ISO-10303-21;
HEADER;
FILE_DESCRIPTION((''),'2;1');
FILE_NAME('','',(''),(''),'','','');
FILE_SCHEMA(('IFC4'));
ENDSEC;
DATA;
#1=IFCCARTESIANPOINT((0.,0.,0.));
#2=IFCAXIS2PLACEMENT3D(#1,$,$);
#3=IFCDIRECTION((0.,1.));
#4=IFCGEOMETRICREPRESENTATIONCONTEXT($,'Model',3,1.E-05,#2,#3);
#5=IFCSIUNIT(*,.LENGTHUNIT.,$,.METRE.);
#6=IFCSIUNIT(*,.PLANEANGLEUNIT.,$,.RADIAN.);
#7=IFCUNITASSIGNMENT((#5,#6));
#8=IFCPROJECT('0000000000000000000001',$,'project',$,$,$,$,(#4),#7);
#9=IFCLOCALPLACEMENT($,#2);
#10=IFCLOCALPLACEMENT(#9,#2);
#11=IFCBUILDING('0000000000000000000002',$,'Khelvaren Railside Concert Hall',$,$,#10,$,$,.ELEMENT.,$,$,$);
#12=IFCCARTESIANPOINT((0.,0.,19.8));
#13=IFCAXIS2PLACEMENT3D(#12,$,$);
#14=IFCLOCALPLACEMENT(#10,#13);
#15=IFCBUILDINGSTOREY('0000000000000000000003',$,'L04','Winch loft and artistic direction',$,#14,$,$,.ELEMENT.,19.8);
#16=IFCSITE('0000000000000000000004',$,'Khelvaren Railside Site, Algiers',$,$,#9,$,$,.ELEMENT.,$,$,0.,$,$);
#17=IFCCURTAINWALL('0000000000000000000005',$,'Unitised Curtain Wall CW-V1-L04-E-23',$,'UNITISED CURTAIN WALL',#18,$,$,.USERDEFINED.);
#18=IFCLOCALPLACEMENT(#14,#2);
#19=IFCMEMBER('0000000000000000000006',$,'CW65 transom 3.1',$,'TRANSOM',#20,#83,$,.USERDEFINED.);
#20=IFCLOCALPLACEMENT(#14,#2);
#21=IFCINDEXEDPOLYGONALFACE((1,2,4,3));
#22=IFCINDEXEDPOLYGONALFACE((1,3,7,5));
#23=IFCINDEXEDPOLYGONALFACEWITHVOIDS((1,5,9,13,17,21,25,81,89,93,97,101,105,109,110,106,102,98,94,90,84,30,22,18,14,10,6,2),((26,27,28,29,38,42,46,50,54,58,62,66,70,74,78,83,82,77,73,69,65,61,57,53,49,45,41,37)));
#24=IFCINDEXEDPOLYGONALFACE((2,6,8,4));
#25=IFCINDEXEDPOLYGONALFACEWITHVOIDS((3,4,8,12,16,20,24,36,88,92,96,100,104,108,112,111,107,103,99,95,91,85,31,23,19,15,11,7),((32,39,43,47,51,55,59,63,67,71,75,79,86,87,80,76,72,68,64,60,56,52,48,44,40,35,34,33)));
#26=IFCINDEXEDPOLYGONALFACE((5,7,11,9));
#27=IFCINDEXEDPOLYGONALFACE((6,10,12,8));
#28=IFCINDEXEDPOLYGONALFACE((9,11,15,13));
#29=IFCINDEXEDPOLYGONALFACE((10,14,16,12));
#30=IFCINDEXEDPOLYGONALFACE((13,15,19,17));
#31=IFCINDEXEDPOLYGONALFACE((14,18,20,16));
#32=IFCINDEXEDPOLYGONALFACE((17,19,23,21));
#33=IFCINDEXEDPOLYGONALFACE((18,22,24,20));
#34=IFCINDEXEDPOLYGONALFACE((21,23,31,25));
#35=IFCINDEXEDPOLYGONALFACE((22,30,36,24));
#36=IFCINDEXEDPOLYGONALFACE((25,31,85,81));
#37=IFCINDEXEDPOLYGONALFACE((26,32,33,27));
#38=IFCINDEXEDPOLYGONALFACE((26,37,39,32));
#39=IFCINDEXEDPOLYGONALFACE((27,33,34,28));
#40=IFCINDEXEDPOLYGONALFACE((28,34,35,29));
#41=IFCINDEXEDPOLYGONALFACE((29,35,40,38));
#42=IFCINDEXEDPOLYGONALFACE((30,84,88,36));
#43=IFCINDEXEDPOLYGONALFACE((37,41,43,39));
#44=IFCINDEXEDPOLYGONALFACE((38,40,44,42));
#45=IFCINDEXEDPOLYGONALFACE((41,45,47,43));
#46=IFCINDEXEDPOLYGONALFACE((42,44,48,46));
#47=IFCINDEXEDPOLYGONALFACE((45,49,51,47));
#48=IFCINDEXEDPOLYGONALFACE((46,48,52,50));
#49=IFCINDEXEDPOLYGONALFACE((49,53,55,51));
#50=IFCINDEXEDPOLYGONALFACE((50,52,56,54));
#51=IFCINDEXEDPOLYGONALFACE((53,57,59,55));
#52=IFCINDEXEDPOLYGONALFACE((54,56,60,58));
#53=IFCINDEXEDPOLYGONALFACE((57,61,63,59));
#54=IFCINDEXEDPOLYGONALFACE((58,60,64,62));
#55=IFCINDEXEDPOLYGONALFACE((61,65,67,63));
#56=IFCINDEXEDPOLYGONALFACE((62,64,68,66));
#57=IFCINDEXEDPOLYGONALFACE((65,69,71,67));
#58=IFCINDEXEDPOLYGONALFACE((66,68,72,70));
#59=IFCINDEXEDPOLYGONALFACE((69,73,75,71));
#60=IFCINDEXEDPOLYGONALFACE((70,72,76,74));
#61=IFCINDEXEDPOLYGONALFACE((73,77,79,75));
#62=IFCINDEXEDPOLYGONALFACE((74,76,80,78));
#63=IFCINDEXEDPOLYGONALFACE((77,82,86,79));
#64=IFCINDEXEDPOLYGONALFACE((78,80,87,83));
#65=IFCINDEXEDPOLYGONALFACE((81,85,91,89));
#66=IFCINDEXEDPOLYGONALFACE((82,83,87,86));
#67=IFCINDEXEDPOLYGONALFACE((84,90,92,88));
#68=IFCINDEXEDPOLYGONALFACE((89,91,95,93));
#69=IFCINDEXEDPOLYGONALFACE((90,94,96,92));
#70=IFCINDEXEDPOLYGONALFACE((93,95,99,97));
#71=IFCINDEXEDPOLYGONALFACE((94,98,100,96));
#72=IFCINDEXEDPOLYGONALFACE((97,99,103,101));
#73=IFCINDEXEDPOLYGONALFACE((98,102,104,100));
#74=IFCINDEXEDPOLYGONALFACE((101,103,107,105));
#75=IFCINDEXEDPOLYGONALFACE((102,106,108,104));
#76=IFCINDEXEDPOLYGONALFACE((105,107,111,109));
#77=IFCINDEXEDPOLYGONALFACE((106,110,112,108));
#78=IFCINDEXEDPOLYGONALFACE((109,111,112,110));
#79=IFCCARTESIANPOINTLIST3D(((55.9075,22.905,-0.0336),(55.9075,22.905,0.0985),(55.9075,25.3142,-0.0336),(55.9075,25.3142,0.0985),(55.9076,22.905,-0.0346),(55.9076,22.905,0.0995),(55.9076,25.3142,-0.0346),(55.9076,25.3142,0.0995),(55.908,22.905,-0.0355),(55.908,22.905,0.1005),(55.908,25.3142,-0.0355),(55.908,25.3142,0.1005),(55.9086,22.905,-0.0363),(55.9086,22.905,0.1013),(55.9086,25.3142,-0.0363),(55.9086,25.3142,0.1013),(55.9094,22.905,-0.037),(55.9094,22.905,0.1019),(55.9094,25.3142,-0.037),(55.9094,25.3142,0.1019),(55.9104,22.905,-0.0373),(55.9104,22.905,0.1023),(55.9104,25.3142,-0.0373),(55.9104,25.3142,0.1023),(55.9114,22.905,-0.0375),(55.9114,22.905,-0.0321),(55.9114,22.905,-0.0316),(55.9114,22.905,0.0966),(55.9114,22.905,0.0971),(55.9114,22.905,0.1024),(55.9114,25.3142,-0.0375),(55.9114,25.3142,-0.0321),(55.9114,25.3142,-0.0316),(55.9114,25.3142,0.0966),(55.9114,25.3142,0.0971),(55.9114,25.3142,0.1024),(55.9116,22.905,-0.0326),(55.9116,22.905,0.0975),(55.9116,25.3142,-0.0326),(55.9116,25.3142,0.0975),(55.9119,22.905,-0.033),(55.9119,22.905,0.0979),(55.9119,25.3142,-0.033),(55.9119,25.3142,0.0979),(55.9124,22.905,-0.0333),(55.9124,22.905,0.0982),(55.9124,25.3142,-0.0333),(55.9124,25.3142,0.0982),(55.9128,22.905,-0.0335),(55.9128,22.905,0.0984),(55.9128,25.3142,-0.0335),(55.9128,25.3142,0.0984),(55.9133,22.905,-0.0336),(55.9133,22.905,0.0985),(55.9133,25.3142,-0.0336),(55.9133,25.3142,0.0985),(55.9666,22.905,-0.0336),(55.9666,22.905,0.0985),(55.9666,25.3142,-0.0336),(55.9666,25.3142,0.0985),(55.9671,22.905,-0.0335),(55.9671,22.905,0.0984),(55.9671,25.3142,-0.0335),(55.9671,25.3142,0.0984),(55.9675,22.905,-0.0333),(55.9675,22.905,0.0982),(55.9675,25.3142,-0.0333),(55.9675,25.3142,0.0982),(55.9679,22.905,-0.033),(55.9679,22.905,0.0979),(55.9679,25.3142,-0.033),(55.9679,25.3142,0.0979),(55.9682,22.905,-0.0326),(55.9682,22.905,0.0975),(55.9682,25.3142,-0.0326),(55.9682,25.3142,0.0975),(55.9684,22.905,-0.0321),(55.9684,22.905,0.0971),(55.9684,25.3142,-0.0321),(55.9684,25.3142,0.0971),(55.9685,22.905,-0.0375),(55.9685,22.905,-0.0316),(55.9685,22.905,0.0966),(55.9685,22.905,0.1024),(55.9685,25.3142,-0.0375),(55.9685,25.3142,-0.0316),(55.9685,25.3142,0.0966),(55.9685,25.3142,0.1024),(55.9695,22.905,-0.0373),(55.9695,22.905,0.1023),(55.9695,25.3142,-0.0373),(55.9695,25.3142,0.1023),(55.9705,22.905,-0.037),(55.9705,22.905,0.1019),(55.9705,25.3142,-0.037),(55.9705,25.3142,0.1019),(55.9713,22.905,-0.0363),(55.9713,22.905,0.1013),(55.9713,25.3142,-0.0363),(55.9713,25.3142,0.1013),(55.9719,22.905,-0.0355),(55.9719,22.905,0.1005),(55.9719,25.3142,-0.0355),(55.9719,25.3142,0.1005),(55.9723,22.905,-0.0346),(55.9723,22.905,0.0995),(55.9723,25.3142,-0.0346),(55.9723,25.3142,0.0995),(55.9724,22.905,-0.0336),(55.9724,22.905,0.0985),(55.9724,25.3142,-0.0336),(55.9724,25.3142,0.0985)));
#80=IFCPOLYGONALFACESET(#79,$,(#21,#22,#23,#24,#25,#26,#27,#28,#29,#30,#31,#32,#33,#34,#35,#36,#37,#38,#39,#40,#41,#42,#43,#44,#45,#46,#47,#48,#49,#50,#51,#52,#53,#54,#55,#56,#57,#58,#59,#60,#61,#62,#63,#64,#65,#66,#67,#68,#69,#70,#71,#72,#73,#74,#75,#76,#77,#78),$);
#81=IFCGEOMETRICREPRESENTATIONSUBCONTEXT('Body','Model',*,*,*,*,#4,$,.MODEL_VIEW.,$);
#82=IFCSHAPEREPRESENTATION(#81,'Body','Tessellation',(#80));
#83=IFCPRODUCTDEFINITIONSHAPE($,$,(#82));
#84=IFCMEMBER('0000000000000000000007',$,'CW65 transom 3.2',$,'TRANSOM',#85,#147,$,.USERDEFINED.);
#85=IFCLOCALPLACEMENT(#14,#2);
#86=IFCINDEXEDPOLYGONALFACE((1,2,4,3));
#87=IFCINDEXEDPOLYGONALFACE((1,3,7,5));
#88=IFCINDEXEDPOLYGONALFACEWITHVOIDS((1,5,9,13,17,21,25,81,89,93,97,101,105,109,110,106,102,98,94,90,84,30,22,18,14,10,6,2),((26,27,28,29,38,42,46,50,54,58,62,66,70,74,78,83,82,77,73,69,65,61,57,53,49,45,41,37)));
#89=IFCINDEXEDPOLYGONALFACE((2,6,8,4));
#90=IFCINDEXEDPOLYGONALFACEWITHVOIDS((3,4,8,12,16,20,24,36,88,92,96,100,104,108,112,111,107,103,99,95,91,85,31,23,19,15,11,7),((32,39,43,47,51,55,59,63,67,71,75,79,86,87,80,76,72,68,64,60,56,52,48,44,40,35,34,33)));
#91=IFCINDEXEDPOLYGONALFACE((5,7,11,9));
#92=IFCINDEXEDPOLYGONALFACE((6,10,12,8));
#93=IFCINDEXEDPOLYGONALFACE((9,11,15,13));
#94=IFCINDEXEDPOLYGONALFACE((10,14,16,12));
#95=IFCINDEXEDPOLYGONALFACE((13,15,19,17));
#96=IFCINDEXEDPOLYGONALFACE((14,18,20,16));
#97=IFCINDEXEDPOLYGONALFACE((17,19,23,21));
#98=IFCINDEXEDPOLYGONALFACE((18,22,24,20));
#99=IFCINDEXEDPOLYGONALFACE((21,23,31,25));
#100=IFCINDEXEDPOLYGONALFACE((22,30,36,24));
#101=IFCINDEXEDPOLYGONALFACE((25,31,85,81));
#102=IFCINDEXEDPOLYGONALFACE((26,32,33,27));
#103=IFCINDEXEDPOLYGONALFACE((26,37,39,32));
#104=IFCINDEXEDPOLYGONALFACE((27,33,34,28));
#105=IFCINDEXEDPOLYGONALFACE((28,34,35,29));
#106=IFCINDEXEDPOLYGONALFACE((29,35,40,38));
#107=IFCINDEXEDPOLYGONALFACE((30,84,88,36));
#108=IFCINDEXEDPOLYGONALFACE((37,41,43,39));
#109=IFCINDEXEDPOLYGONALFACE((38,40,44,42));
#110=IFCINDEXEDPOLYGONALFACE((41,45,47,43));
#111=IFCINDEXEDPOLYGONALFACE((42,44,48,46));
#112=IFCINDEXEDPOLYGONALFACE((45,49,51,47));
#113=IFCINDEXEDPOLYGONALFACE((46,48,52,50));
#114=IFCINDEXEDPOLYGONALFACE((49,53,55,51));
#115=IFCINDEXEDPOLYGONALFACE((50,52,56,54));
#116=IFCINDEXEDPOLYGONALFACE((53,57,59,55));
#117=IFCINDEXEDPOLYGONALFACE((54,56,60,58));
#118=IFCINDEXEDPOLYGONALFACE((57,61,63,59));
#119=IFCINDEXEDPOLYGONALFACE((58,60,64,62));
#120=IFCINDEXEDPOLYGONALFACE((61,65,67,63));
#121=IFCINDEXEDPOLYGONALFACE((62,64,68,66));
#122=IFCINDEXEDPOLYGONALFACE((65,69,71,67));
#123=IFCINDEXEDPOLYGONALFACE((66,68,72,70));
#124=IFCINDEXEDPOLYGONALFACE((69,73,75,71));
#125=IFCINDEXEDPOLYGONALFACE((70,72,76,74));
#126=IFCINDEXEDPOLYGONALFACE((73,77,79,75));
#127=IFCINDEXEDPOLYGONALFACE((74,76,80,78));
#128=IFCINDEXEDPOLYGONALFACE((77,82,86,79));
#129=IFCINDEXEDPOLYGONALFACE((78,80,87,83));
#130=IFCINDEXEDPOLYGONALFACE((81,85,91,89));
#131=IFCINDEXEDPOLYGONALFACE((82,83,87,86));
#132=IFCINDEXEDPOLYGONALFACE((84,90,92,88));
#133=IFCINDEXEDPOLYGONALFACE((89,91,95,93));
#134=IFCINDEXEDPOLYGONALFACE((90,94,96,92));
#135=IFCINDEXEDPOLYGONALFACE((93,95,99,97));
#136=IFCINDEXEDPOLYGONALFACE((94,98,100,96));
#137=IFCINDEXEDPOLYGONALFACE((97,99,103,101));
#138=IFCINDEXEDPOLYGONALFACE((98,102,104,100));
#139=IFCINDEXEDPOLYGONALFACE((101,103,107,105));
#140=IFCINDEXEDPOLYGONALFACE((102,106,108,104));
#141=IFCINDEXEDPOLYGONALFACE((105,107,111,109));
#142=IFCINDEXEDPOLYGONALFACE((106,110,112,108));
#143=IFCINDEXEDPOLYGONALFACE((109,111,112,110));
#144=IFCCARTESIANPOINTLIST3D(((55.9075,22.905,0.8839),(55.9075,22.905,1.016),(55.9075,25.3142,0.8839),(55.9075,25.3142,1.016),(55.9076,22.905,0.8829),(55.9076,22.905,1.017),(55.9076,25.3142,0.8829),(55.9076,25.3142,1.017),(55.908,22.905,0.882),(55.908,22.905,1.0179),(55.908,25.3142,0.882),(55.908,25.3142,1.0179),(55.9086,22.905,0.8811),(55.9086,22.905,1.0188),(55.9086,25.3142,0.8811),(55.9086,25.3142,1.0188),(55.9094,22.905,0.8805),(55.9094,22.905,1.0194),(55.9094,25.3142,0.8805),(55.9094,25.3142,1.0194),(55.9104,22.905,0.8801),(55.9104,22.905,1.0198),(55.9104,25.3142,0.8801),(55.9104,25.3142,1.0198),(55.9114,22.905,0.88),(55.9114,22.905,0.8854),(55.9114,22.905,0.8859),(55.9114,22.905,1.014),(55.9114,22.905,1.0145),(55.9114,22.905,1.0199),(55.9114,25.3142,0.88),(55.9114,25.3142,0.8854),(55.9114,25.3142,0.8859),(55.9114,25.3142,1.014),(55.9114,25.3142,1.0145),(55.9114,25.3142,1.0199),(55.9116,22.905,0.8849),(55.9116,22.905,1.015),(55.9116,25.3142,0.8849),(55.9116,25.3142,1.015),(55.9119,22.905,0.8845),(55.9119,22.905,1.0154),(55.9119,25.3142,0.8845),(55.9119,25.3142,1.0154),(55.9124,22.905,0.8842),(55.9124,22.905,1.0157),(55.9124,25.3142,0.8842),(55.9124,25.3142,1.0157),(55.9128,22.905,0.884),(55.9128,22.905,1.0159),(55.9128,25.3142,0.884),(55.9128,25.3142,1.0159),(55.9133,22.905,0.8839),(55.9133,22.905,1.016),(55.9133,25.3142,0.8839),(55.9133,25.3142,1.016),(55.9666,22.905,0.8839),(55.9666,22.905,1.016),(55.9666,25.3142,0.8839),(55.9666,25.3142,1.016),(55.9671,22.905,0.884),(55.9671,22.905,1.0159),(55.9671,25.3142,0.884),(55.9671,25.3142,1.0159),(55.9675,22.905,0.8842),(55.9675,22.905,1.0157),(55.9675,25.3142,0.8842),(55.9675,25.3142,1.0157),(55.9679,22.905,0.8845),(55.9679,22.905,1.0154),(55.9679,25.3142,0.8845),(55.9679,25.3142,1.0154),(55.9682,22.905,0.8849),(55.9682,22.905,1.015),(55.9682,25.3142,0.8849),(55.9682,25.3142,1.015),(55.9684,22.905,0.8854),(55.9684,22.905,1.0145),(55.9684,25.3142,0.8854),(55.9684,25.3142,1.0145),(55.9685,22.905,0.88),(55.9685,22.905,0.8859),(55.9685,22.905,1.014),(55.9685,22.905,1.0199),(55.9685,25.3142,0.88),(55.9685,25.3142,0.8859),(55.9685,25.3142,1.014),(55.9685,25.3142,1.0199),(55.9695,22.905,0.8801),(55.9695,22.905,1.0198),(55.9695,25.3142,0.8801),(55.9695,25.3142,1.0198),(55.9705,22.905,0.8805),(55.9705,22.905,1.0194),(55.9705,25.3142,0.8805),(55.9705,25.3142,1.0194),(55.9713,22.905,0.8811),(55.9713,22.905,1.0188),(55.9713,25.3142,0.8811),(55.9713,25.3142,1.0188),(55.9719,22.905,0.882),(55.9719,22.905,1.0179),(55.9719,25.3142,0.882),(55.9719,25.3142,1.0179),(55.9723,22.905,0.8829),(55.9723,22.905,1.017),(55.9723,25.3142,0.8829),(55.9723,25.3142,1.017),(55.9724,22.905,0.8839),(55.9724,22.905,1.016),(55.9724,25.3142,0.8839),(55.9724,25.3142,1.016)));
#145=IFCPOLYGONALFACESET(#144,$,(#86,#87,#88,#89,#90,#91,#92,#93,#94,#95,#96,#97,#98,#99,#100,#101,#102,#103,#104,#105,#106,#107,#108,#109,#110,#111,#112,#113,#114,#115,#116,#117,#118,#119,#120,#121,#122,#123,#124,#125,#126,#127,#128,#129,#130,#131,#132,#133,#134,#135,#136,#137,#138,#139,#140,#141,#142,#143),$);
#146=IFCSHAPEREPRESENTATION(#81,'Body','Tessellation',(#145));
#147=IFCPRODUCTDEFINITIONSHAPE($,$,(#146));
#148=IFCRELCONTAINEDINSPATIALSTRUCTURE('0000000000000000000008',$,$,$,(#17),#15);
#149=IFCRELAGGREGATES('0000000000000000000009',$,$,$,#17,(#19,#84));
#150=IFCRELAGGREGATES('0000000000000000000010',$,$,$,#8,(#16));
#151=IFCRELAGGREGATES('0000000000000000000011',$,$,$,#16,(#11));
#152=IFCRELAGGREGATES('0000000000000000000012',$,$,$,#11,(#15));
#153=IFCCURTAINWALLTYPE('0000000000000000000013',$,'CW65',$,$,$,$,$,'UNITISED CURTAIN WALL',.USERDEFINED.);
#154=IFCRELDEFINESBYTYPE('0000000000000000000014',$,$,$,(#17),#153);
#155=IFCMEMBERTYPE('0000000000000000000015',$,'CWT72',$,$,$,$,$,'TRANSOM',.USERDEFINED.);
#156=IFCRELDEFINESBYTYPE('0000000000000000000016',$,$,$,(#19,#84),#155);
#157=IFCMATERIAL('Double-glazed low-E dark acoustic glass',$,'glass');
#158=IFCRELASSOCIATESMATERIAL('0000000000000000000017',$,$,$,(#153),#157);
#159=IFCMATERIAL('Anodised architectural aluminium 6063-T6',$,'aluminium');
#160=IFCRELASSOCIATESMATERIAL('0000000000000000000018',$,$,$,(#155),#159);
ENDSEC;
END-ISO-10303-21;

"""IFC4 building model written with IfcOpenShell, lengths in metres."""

from ifc_helpers import new_model, si_unit, direction, frame, origin, origin_2d, place, context, subcontext, project, spatial, hollow_rectangle, extrude, material, material_profile, profile_set, type_object, element, aggregate, save


model = new_model("IFC4")

# Units and contexts
model_context = context("Model", 3, precision=1e-05, world=origin(), true_north=direction((0.0, 1.0)))
body_context = subcontext(model_context, "Body", "Model", "MODEL_VIEW")
ifc_project = project(units=[si_unit("LENGTHUNIT", "METRE"), si_unit("PLANEANGLEUNIT", "RADIAN")], contexts=[model_context])

# Site, building, storey
site_placement = place(None, origin())
site = spatial("IfcSite", under=ifc_project, at=site_placement, Name="Khelvaren Railside Site, Algiers", CompositionType="ELEMENT", RefElevation=0.0)
building_placement = place(site_placement, origin())
building = spatial("IfcBuilding", under=site, at=building_placement, Name="Khelvaren Railside Concert Hall", CompositionType="ELEMENT")
storey_placement = place(building_placement, frame((0.0, 0.0, 19.8)))
storey = spatial("IfcBuildingStorey", under=building, at=storey_placement, Name="L04", Description="Winch loft and artistic direction", CompositionType="ELEMENT", Elevation=19.8)

# Shared definitions
ifc_material_1 = material(Name="Anodised architectural aluminium 6063-T6", Category="aluminium")
ifc_material_2 = material(Name="Double-glazed low-E dark acoustic glass", Category="glass")

# Curtain wall
curtain_wall_type_1 = type_object("IfcCurtainWallType", Name="CW65", ElementType="UNITISED CURTAIN WALL", PredefinedType="USERDEFINED", material=ifc_material_2)
curtain_wall_1_placement = place(storey_placement, origin())
curtain_wall_1 = element("IfcCurtainWall", 1, at=curtain_wall_1_placement, inside=storey, type_object=curtain_wall_type_1, Name="Unitised Curtain Wall CW-V1-L04-E-23", ObjectType="UNITISED CURTAIN WALL", PredefinedType="USERDEFINED")

# Members
ifc_material_profile_1 = material_profile(ifc_material_1, hollow_rectangle(XDim=0.0649, YDim=0.1399, WallThickness=0.0039, InnerFilletRadius=0.002, OuterFilletRadius=0.0039, at=origin_2d()), Name="CWT 65x140x4")
ifc_profile_set_1 = profile_set([ifc_material_profile_1], Name="Anodised architectural aluminium 6063-T6")
member_type_1 = type_object("IfcMemberType", Name="CWT72", ElementType="TRANSOM", PredefinedType="USERDEFINED", material=ifc_profile_set_1)
member_1_placement = place(storey_placement, frame((55.9399, 25.3142, 0.0325), z_axis=(0.0, -1.0, 0.0), x_axis=(1.0, 0.0, 0.0)))
member_1 = element("IfcMember", 2, at=member_1_placement, type_object=member_type_1, Name="CW65 transom 3.1", ObjectType="TRANSOM", PredefinedType="USERDEFINED", context=body_context, shape_type="SweptSolid", body=[
    extrude(hollow_rectangle(XDim=0.0649, YDim=0.1399, WallThickness=0.0039, InnerFilletRadius=0.002, OuterFilletRadius=0.0039, at=origin_2d()), origin(), (0.0, 0.0, 1.0), 2.4092),
])
member_2_placement = place(storey_placement, frame((55.9399, 25.3142, 0.95), z_axis=(0.0, -1.0, 0.0), x_axis=(1.0, 0.0, 0.0)))
member_2 = element("IfcMember", 3, at=member_2_placement, type_object=member_type_1, Name="CW65 transom 3.2", ObjectType="TRANSOM", PredefinedType="USERDEFINED", context=body_context, shape_type="SweptSolid", body=[
    extrude(hollow_rectangle(XDim=0.0649, YDim=0.1399, WallThickness=0.0039, InnerFilletRadius=0.002, OuterFilletRadius=0.0039, at=origin_2d()), origin(), (0.0, 0.0, 1.0), 2.4092),
])

aggregate(curtain_wall_1, [member_1, member_2])

save(model, "model.ifc")
